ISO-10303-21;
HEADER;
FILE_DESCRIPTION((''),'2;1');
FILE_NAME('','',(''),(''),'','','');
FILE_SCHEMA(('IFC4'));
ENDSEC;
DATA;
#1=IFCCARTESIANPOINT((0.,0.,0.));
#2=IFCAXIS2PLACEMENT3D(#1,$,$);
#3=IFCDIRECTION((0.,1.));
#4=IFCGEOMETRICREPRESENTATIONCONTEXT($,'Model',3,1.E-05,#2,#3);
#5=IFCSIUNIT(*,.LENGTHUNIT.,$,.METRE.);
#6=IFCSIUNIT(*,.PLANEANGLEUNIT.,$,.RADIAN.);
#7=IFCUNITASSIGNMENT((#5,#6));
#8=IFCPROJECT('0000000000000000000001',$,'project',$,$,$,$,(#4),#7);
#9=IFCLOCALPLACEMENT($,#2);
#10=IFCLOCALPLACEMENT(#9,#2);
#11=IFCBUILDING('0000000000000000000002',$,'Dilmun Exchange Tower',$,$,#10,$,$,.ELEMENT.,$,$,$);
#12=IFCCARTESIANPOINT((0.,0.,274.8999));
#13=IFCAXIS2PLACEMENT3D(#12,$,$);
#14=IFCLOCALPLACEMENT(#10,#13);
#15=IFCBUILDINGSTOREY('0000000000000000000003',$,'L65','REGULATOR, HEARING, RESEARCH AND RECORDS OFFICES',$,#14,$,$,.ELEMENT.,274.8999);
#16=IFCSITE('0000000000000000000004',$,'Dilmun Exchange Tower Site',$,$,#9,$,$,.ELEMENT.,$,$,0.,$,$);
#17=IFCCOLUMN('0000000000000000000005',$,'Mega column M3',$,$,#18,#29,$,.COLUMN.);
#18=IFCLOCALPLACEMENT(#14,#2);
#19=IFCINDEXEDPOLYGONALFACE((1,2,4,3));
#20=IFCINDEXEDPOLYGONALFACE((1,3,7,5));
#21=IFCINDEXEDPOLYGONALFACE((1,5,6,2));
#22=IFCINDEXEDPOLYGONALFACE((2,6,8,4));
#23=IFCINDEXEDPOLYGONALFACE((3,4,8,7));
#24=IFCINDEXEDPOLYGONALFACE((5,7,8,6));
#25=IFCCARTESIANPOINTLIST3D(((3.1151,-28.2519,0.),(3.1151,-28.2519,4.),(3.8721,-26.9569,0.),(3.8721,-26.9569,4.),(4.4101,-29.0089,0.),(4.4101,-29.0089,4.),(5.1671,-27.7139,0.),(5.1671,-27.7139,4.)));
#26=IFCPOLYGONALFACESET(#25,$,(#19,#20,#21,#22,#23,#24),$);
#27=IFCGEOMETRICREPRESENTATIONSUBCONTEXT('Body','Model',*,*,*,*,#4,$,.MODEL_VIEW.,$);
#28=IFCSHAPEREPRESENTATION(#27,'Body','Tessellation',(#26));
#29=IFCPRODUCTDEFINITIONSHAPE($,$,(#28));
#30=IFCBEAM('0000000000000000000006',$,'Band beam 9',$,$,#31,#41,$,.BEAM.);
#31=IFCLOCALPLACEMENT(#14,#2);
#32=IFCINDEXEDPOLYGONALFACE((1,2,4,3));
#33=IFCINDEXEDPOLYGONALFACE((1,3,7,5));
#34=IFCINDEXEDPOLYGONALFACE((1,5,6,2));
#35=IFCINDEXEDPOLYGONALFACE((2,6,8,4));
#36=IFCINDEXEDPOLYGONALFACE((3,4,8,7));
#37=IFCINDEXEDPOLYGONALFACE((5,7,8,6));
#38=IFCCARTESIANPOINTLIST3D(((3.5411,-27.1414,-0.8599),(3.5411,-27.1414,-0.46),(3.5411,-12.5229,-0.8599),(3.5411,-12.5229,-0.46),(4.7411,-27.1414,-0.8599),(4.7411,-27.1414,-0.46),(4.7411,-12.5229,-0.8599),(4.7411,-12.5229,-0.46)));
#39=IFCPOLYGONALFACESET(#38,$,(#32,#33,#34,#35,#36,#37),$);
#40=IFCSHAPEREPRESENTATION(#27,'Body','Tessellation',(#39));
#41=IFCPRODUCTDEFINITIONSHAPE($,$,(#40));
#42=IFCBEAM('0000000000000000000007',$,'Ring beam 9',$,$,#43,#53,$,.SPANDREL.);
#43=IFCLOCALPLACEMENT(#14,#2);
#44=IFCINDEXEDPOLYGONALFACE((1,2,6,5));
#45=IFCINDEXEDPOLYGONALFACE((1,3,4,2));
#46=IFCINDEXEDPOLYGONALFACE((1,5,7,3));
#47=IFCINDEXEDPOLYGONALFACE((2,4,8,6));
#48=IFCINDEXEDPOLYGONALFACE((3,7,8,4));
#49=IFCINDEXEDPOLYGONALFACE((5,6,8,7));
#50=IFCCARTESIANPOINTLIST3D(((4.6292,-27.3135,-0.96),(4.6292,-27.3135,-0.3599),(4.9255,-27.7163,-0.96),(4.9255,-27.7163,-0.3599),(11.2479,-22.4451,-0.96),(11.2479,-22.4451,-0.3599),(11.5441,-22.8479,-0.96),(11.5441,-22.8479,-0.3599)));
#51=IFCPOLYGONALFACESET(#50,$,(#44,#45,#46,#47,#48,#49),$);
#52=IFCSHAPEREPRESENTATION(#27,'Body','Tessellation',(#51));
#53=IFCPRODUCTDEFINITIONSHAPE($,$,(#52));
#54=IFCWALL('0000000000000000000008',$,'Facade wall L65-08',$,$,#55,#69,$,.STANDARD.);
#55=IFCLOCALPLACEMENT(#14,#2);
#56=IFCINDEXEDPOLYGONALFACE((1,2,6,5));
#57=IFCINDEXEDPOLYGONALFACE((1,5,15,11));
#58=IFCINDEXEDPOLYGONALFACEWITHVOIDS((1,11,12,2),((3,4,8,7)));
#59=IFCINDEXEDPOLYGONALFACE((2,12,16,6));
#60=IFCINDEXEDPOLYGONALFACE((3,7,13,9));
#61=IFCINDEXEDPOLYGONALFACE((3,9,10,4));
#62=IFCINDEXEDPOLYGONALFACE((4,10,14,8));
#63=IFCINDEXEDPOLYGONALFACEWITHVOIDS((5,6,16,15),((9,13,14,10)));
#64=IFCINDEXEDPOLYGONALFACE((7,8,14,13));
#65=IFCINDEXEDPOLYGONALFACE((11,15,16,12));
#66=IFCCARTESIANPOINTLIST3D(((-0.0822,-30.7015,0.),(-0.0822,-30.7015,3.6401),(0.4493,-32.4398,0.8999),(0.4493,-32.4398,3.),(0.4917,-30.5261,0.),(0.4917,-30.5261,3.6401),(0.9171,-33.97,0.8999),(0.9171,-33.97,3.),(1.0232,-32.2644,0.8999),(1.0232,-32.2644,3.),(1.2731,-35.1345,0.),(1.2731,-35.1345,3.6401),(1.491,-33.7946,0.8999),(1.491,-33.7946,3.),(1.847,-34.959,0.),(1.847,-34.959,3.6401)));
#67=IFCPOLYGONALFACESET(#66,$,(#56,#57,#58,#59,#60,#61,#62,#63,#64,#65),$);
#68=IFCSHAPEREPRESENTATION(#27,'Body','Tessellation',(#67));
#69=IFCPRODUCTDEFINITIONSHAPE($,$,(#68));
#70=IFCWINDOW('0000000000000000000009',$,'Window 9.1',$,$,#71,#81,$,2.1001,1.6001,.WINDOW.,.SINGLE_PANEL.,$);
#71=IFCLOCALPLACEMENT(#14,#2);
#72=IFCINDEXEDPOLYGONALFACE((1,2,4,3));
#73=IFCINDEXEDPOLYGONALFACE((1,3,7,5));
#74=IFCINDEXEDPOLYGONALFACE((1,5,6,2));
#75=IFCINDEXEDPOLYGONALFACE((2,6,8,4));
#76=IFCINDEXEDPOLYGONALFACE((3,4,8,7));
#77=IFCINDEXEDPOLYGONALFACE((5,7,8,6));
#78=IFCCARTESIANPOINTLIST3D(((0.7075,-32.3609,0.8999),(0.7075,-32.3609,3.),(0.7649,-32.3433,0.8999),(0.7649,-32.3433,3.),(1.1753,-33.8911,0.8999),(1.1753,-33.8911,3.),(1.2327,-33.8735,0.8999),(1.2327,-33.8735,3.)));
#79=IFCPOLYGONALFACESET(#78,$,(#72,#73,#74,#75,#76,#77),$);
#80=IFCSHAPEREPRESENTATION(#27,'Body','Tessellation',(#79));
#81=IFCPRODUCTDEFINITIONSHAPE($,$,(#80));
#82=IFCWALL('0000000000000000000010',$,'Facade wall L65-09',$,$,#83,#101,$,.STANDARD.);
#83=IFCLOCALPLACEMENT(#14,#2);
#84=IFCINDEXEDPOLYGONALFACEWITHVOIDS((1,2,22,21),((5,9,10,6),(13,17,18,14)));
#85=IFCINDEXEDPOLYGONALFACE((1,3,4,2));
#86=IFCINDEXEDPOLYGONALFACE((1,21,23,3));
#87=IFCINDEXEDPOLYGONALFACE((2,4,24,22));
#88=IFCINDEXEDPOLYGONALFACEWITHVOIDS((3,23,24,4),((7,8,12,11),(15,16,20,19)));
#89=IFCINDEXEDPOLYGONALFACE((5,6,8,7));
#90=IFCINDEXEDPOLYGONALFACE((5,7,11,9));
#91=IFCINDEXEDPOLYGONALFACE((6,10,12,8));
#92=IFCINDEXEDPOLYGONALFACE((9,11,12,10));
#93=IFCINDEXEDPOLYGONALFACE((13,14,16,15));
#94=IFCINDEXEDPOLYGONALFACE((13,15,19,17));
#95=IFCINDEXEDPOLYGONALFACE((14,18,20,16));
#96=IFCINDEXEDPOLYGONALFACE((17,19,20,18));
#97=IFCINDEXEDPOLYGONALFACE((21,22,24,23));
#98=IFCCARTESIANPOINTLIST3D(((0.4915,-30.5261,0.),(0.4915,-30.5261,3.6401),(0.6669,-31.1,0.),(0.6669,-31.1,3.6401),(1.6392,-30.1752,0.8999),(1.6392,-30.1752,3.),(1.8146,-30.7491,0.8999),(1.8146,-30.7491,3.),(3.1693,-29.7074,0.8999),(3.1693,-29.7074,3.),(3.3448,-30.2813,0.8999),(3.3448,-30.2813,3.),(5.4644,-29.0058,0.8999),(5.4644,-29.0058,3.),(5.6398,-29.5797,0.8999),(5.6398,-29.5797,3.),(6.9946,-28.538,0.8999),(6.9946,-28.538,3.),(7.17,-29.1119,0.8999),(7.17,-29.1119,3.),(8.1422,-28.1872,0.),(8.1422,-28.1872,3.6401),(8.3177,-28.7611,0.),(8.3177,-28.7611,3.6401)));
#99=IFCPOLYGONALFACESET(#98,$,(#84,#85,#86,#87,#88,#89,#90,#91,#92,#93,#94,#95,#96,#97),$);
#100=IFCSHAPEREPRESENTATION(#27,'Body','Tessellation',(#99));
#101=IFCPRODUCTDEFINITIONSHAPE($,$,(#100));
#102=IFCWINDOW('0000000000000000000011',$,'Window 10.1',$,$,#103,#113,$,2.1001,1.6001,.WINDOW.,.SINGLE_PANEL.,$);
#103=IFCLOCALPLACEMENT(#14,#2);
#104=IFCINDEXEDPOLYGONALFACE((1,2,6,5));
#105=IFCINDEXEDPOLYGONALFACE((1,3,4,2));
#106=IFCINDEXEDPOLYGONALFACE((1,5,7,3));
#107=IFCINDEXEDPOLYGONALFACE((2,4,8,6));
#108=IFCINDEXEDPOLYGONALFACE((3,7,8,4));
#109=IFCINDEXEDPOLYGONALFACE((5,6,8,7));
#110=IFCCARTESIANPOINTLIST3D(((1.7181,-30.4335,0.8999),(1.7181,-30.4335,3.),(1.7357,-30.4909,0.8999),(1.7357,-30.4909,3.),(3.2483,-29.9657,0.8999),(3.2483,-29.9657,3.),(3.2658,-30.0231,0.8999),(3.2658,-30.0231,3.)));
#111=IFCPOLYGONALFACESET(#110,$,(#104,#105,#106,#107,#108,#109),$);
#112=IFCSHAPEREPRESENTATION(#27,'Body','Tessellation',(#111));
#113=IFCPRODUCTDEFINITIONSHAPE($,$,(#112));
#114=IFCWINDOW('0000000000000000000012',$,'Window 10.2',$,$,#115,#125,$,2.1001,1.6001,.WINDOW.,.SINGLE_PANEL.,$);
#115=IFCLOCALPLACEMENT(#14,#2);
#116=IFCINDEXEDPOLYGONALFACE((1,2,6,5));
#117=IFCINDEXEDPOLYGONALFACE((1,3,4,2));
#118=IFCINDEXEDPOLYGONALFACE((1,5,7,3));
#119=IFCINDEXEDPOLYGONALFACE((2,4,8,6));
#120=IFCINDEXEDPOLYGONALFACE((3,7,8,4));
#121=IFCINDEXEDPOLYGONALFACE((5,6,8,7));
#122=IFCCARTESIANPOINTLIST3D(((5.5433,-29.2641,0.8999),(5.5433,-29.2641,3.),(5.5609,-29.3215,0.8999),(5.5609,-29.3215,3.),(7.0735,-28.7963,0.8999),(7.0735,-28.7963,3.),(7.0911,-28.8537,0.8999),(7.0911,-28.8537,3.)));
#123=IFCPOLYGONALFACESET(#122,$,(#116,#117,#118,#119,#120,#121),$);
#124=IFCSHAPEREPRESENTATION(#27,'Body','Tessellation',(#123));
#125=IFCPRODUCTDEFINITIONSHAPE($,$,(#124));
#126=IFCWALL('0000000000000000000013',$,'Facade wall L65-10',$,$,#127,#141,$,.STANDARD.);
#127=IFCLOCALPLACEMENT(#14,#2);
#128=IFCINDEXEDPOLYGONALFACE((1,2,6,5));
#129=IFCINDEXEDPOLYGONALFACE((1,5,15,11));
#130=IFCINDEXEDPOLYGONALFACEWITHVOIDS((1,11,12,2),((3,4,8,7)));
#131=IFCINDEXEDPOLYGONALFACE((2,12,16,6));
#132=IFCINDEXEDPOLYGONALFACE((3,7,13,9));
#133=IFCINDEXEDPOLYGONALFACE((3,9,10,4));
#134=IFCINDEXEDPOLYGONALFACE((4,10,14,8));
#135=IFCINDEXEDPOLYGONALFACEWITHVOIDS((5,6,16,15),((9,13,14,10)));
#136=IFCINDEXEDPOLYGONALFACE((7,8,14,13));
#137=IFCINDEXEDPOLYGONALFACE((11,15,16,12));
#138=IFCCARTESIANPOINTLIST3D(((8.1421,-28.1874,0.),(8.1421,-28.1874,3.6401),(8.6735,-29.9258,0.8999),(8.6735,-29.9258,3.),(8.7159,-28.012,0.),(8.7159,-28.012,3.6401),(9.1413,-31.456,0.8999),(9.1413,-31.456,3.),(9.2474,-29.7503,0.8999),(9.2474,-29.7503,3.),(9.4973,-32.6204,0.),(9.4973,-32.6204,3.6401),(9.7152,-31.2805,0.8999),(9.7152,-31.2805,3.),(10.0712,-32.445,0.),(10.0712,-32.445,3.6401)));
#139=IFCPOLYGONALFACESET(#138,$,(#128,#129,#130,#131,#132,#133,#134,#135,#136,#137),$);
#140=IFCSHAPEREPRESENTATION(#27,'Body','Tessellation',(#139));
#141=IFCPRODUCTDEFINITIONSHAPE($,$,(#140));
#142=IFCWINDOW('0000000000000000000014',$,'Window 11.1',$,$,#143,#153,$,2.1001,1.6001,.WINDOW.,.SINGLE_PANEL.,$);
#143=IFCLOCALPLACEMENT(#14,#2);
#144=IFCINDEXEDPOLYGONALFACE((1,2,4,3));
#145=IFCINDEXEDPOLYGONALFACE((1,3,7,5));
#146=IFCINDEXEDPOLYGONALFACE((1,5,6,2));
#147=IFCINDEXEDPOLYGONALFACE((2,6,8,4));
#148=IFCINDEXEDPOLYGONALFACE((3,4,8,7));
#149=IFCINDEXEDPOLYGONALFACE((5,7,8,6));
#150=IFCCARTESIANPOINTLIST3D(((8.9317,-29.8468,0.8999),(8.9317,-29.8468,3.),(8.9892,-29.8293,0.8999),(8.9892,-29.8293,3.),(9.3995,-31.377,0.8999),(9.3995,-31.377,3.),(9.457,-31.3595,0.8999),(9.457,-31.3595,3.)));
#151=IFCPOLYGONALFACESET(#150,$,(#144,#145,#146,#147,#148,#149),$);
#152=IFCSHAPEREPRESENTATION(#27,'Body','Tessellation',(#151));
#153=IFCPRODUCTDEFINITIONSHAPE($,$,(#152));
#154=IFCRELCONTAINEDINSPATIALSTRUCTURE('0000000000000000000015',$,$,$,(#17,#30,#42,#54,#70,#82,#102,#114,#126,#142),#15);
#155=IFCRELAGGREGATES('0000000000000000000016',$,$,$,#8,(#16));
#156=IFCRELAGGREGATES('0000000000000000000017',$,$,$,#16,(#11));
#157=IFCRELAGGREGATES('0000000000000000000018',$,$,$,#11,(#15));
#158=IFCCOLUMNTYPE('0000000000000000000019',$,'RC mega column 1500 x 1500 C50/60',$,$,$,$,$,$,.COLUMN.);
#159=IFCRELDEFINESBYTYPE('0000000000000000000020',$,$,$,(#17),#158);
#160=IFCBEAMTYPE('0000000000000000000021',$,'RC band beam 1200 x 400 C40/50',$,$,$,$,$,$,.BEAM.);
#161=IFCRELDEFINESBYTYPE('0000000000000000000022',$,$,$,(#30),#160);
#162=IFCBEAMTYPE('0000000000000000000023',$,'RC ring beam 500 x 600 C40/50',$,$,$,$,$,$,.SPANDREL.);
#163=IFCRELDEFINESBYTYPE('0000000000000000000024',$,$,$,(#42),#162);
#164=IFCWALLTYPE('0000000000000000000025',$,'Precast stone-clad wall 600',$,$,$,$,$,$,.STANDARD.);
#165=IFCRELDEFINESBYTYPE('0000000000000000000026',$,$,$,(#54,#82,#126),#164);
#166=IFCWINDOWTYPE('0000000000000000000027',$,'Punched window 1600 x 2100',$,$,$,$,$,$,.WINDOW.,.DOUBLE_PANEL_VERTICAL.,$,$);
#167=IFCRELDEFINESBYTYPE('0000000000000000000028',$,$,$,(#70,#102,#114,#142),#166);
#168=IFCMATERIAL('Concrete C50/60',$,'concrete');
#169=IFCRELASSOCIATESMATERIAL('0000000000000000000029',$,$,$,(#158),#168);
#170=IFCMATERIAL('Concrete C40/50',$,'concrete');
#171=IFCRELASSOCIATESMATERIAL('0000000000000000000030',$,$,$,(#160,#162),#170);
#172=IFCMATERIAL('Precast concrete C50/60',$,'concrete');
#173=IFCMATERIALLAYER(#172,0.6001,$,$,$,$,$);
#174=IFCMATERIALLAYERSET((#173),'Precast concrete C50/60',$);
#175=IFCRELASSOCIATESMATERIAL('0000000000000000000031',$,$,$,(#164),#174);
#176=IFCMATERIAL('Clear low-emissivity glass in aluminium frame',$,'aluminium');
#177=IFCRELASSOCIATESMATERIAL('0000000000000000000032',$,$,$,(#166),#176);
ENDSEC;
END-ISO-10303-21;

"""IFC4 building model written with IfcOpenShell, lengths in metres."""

from ifc_helpers import new_model, si_unit, direction, frame, frame_2d, origin, origin_2d, place, context, subcontext, project, spatial, rectangle, extrude, material, layer, layer_set, material_profile, profile_set, type_object, element, fill, save


model = new_model("IFC4")

# Units and contexts
model_context = context("Model", 3, precision=1e-05, world=origin(), true_north=direction((0.0, 1.0)))
body_context = subcontext(model_context, "Body", "Model", "MODEL_VIEW")
ifc_project = project(units=[si_unit("LENGTHUNIT", "METRE"), si_unit("PLANEANGLEUNIT", "RADIAN")], contexts=[model_context])

# Site, building, storey
site_placement = place(None, origin())
site = spatial("IfcSite", under=ifc_project, at=site_placement, Name="Dilmun Exchange Tower Site", CompositionType="ELEMENT", RefElevation=0.0)
building_placement = place(site_placement, origin())
building = spatial("IfcBuilding", under=site, at=building_placement, Name="Dilmun Exchange Tower", CompositionType="ELEMENT")
storey_placement = place(building_placement, frame((0.0, 0.0, 274.8999)))
storey = spatial("IfcBuildingStorey", under=building, at=storey_placement, Name="L65", Description="REGULATOR, HEARING, RESEARCH AND RECORDS OFFICES", CompositionType="ELEMENT", Elevation=274.8999)

# Column
ifc_material_1 = material(Name="Concrete C50/60", Category="concrete")
ifc_material_profile_1 = material_profile(ifc_material_1, rectangle(XDim=1.5, YDim=1.5, at=origin_2d()), Name="1500 x 1500")
ifc_profile_set_1 = profile_set([ifc_material_profile_1], Name="Concrete C50/60")
column_type = type_object("IfcColumnType", Name="RC mega column 1500 x 1500 C50/60", PredefinedType="COLUMN", material=ifc_profile_set_1)
column_placement = place(storey_placement, frame((4.1411, -27.9829, 0.0), z_axis=(0.0, 0.0, 1.0), x_axis=(0.504644, 0.863328, 0.0)))
element("IfcColumn", 1, at=column_placement, inside=storey, type_object=column_type, Name="Mega column M3", PredefinedType="COLUMN", context=body_context, shape_type="SweptSolid", body=[
    extrude(rectangle(XDim=1.5, YDim=1.5, at=origin_2d()), origin(), (0.0, 0.0, 1.0), 4.0),
])

# Beams
ifc_material_2 = material(Name="Concrete C40/50", Category="concrete")
ifc_material_profile_2 = material_profile(ifc_material_2, rectangle(XDim=1.2, YDim=0.3999, at=origin_2d()), Name="1200 x 400")
ifc_profile_set_2 = profile_set([ifc_material_profile_2], Name="Concrete C40/50")
beam_type_1 = type_object("IfcBeamType", Name="RC band beam 1200 x 400 C40/50", PredefinedType="BEAM", material=ifc_profile_set_2)
beam_1_placement = place(storey_placement, frame((4.1411, -27.1414, -0.6599), z_axis=(0.0, 1.0, 0.0), x_axis=(-1.0, 0.0, 0.0)))
element("IfcBeam", 2, at=beam_1_placement, inside=storey, type_object=beam_type_1, Name="Band beam 9", PredefinedType="BEAM", context=body_context, shape_type="SweptSolid", body=[
    extrude(rectangle(XDim=1.2, YDim=0.3999, at=origin_2d()), origin(), (0.0, 0.0, 1.0), 14.6184),
])
ifc_material_profile_3 = material_profile(ifc_material_2, rectangle(XDim=0.5, YDim=0.6001, at=origin_2d()), Name="500 x 600")
ifc_profile_set_3 = profile_set([ifc_material_profile_3], Name="Concrete C40/50")
beam_type_2 = type_object("IfcBeamType", Name="RC ring beam 500 x 600 C40/50", PredefinedType="SPANDREL", material=ifc_profile_set_3)
beam_2_placement = place(storey_placement, frame((4.7773, -27.5149, -0.6599), z_axis=(0.805549, 0.592529, 0.0), x_axis=(-0.592529, 0.805549, 0.0)))
element("IfcBeam", 3, at=beam_2_placement, inside=storey, type_object=beam_type_2, Name="Ring beam 9", PredefinedType="SPANDREL", context=body_context, shape_type="SweptSolid", body=[
    extrude(rectangle(XDim=0.5, YDim=0.6001, at=origin_2d()), origin(), (0.0, 0.0, 1.0), 8.2163),
])

# Wall, opening, window
ifc_material_3 = material(Name="Precast concrete C50/60", Category="concrete")
ifc_layer = layer(ifc_material_3, 0.6001)
ifc_layer_set = layer_set([ifc_layer], Name="Precast concrete C50/60")
wall_type = type_object("IfcWallType", Name="Precast stone-clad wall 600", PredefinedType="STANDARD", material=ifc_layer_set)
wall_1_placement = place(storey_placement, frame((1.5601, -35.0469, 0.0), z_axis=(0.0, 0.0, 1.0), x_axis=(-0.292364, 0.956307, 0.0)))
wall_1 = element("IfcWall", 4, at=wall_1_placement, inside=storey, type_object=wall_type, Name="Facade wall L65-08", PredefinedType="STANDARD", context=body_context, shape_type="SweptSolid", body=[
    extrude(rectangle(XDim=4.6355, YDim=0.6001, at=frame_2d((2.3179, 0.0))), origin(), (0.0, 0.0, 1.0), 3.6401),
])
opening_1_placement = place(wall_1_placement, frame((1.2178, 0.0, 0.8999)))
opening_1 = element("IfcOpeningElement", 5, at=opening_1_placement, cuts=wall_1, PredefinedType="OPENING", context=body_context, shape_type="SweptSolid", body=[
    extrude(rectangle(XDim=1.6001, YDim=2.1001, at=frame_2d((0.8, 1.05))), frame((0.0, 0.3101, 0.0), z_axis=(0.0, -1.0, 0.0), x_axis=(1.0, 0.0, 0.0)), (0.0, 0.0, 1.0), 0.6201),
])
ifc_material_4 = material(Name="Clear low-emissivity glass in aluminium frame", Category="aluminium")
window_type_1 = type_object("IfcWindowType", Name="Punched window 1600 x 2100", PartitioningType="DOUBLE_PANEL_VERTICAL", PredefinedType="WINDOW", material=ifc_material_4)
window_1_placement = place(opening_1_placement, origin())
window_1 = element("IfcWindow", 6, at=window_1_placement, inside=storey, type_object=window_type_1, Name="Window 9.1", OverallHeight=2.1001, OverallWidth=1.6001, PartitioningType="SINGLE_PANEL", PredefinedType="WINDOW", context=body_context, shape_type="SweptSolid", body=[
    extrude(rectangle(XDim=1.6001, YDim=2.1001, at=frame_2d((0.8, 1.05))), frame((0.0, 0.03, 0.0), z_axis=(0.0, -1.0, 0.0), x_axis=(1.0, 0.0, 0.0)), (0.0, 0.0, 1.0), 0.0601),
])
fill(opening_1, window_1)

# Wall, openings, windows
wall_2_placement = place(storey_placement, frame((0.5793, -30.813, 0.0), z_axis=(0.0, 0.0, 1.0), x_axis=(0.956311, 0.292353, 0.0)))
wall_2 = element("IfcWall", 7, at=wall_2_placement, inside=storey, type_object=wall_type, Name="Facade wall L65-09", PredefinedType="STANDARD", context=body_context, shape_type="SweptSolid", body=[
    extrude(rectangle(XDim=8.0002, YDim=0.6001, at=frame_2d((4.0, 0.0))), origin(), (0.0, 0.0, 1.0), 3.6401),
])
opening_2_placement = place(wall_2_placement, frame((1.2, 0.0, 0.8999)))
opening_2 = element("IfcOpeningElement", 8, at=opening_2_placement, cuts=wall_2, PredefinedType="OPENING", context=body_context, shape_type="SweptSolid", body=[
    extrude(rectangle(XDim=1.6001, YDim=2.1001, at=frame_2d((0.8, 1.05))), frame((0.0, 0.3101, 0.0), z_axis=(0.0, -1.0, 0.0), x_axis=(1.0, 0.0, 0.0)), (0.0, 0.0, 1.0), 0.6201),
])
opening_3_placement = place(wall_2_placement, frame((5.2, 0.0, 0.8999)))
opening_3 = element("IfcOpeningElement", 9, at=opening_3_placement, cuts=wall_2, PredefinedType="OPENING", context=body_context, shape_type="SweptSolid", body=[
    extrude(rectangle(XDim=1.6001, YDim=2.1001, at=frame_2d((0.8, 1.05))), frame((0.0, 0.3101, 0.0), z_axis=(0.0, -1.0, 0.0), x_axis=(1.0, 0.0, 0.0)), (0.0, 0.0, 1.0), 0.6201),
])
window_2_placement = place(opening_2_placement, origin())
window_2 = element("IfcWindow", 10, at=window_2_placement, inside=storey, type_object=window_type_1, Name="Window 10.1", OverallHeight=2.1001, OverallWidth=1.6001, PartitioningType="SINGLE_PANEL", PredefinedType="WINDOW", context=body_context, shape_type="SweptSolid", body=[
    extrude(rectangle(XDim=1.6001, YDim=2.1001, at=frame_2d((0.8, 1.05))), frame((0.0, 0.03, 0.0), z_axis=(0.0, -1.0, 0.0), x_axis=(1.0, 0.0, 0.0)), (0.0, 0.0, 1.0), 0.0601),
])
fill(opening_2, window_2)
window_3_placement = place(opening_3_placement, origin())
window_3 = element("IfcWindow", 11, at=window_3_placement, inside=storey, type_object=window_type_1, Name="Window 10.2", OverallHeight=2.1001, OverallWidth=1.6001, PartitioningType="SINGLE_PANEL", PredefinedType="WINDOW", context=body_context, shape_type="SweptSolid", body=[
    extrude(rectangle(XDim=1.6001, YDim=2.1001, at=frame_2d((0.8, 1.05))), frame((0.0, 0.03, 0.0), z_axis=(0.0, -1.0, 0.0), x_axis=(1.0, 0.0, 0.0)), (0.0, 0.0, 1.0), 0.0601),
])
fill(opening_3, window_3)

# Wall, opening, window
wall_3_placement = place(storey_placement, frame((8.429, -28.0996, 0.0), z_axis=(0.0, 0.0, 1.0), x_axis=(0.292364, -0.956307, 0.0)))
wall_3 = element("IfcWall", 12, at=wall_3_placement, inside=storey, type_object=wall_type, Name="Facade wall L65-10", PredefinedType="STANDARD", context=body_context, shape_type="SweptSolid", body=[
    extrude(rectangle(XDim=4.6355, YDim=0.6001, at=frame_2d((2.3179, 0.0))), origin(), (0.0, 0.0, 1.0), 3.6401),
])
opening_4_placement = place(wall_3_placement, frame((1.8179, 0.0, 0.8999)))
opening_4 = element("IfcOpeningElement", 13, at=opening_4_placement, cuts=wall_3, PredefinedType="OPENING", context=body_context, shape_type="SweptSolid", body=[
    extrude(rectangle(XDim=1.6001, YDim=2.1001, at=frame_2d((0.8, 1.05))), frame((0.0, 0.3101, 0.0), z_axis=(0.0, -1.0, 0.0), x_axis=(1.0, 0.0, 0.0)), (0.0, 0.0, 1.0), 0.6201),
])
window_4_placement = place(opening_4_placement, origin())
window_4 = element("IfcWindow", 14, at=window_4_placement, inside=storey, type_object=window_type_1, Name="Window 11.1", OverallHeight=2.1001, OverallWidth=1.6001, PartitioningType="SINGLE_PANEL", PredefinedType="WINDOW", context=body_context, shape_type="SweptSolid", body=[
    extrude(rectangle(XDim=1.6001, YDim=2.1001, at=frame_2d((0.8, 1.05))), frame((0.0, 0.03, 0.0), z_axis=(0.0, -1.0, 0.0), x_axis=(1.0, 0.0, 0.0)), (0.0, 0.0, 1.0), 0.0601),
])
fill(opening_4, window_4)

save(model, "model.ifc")
